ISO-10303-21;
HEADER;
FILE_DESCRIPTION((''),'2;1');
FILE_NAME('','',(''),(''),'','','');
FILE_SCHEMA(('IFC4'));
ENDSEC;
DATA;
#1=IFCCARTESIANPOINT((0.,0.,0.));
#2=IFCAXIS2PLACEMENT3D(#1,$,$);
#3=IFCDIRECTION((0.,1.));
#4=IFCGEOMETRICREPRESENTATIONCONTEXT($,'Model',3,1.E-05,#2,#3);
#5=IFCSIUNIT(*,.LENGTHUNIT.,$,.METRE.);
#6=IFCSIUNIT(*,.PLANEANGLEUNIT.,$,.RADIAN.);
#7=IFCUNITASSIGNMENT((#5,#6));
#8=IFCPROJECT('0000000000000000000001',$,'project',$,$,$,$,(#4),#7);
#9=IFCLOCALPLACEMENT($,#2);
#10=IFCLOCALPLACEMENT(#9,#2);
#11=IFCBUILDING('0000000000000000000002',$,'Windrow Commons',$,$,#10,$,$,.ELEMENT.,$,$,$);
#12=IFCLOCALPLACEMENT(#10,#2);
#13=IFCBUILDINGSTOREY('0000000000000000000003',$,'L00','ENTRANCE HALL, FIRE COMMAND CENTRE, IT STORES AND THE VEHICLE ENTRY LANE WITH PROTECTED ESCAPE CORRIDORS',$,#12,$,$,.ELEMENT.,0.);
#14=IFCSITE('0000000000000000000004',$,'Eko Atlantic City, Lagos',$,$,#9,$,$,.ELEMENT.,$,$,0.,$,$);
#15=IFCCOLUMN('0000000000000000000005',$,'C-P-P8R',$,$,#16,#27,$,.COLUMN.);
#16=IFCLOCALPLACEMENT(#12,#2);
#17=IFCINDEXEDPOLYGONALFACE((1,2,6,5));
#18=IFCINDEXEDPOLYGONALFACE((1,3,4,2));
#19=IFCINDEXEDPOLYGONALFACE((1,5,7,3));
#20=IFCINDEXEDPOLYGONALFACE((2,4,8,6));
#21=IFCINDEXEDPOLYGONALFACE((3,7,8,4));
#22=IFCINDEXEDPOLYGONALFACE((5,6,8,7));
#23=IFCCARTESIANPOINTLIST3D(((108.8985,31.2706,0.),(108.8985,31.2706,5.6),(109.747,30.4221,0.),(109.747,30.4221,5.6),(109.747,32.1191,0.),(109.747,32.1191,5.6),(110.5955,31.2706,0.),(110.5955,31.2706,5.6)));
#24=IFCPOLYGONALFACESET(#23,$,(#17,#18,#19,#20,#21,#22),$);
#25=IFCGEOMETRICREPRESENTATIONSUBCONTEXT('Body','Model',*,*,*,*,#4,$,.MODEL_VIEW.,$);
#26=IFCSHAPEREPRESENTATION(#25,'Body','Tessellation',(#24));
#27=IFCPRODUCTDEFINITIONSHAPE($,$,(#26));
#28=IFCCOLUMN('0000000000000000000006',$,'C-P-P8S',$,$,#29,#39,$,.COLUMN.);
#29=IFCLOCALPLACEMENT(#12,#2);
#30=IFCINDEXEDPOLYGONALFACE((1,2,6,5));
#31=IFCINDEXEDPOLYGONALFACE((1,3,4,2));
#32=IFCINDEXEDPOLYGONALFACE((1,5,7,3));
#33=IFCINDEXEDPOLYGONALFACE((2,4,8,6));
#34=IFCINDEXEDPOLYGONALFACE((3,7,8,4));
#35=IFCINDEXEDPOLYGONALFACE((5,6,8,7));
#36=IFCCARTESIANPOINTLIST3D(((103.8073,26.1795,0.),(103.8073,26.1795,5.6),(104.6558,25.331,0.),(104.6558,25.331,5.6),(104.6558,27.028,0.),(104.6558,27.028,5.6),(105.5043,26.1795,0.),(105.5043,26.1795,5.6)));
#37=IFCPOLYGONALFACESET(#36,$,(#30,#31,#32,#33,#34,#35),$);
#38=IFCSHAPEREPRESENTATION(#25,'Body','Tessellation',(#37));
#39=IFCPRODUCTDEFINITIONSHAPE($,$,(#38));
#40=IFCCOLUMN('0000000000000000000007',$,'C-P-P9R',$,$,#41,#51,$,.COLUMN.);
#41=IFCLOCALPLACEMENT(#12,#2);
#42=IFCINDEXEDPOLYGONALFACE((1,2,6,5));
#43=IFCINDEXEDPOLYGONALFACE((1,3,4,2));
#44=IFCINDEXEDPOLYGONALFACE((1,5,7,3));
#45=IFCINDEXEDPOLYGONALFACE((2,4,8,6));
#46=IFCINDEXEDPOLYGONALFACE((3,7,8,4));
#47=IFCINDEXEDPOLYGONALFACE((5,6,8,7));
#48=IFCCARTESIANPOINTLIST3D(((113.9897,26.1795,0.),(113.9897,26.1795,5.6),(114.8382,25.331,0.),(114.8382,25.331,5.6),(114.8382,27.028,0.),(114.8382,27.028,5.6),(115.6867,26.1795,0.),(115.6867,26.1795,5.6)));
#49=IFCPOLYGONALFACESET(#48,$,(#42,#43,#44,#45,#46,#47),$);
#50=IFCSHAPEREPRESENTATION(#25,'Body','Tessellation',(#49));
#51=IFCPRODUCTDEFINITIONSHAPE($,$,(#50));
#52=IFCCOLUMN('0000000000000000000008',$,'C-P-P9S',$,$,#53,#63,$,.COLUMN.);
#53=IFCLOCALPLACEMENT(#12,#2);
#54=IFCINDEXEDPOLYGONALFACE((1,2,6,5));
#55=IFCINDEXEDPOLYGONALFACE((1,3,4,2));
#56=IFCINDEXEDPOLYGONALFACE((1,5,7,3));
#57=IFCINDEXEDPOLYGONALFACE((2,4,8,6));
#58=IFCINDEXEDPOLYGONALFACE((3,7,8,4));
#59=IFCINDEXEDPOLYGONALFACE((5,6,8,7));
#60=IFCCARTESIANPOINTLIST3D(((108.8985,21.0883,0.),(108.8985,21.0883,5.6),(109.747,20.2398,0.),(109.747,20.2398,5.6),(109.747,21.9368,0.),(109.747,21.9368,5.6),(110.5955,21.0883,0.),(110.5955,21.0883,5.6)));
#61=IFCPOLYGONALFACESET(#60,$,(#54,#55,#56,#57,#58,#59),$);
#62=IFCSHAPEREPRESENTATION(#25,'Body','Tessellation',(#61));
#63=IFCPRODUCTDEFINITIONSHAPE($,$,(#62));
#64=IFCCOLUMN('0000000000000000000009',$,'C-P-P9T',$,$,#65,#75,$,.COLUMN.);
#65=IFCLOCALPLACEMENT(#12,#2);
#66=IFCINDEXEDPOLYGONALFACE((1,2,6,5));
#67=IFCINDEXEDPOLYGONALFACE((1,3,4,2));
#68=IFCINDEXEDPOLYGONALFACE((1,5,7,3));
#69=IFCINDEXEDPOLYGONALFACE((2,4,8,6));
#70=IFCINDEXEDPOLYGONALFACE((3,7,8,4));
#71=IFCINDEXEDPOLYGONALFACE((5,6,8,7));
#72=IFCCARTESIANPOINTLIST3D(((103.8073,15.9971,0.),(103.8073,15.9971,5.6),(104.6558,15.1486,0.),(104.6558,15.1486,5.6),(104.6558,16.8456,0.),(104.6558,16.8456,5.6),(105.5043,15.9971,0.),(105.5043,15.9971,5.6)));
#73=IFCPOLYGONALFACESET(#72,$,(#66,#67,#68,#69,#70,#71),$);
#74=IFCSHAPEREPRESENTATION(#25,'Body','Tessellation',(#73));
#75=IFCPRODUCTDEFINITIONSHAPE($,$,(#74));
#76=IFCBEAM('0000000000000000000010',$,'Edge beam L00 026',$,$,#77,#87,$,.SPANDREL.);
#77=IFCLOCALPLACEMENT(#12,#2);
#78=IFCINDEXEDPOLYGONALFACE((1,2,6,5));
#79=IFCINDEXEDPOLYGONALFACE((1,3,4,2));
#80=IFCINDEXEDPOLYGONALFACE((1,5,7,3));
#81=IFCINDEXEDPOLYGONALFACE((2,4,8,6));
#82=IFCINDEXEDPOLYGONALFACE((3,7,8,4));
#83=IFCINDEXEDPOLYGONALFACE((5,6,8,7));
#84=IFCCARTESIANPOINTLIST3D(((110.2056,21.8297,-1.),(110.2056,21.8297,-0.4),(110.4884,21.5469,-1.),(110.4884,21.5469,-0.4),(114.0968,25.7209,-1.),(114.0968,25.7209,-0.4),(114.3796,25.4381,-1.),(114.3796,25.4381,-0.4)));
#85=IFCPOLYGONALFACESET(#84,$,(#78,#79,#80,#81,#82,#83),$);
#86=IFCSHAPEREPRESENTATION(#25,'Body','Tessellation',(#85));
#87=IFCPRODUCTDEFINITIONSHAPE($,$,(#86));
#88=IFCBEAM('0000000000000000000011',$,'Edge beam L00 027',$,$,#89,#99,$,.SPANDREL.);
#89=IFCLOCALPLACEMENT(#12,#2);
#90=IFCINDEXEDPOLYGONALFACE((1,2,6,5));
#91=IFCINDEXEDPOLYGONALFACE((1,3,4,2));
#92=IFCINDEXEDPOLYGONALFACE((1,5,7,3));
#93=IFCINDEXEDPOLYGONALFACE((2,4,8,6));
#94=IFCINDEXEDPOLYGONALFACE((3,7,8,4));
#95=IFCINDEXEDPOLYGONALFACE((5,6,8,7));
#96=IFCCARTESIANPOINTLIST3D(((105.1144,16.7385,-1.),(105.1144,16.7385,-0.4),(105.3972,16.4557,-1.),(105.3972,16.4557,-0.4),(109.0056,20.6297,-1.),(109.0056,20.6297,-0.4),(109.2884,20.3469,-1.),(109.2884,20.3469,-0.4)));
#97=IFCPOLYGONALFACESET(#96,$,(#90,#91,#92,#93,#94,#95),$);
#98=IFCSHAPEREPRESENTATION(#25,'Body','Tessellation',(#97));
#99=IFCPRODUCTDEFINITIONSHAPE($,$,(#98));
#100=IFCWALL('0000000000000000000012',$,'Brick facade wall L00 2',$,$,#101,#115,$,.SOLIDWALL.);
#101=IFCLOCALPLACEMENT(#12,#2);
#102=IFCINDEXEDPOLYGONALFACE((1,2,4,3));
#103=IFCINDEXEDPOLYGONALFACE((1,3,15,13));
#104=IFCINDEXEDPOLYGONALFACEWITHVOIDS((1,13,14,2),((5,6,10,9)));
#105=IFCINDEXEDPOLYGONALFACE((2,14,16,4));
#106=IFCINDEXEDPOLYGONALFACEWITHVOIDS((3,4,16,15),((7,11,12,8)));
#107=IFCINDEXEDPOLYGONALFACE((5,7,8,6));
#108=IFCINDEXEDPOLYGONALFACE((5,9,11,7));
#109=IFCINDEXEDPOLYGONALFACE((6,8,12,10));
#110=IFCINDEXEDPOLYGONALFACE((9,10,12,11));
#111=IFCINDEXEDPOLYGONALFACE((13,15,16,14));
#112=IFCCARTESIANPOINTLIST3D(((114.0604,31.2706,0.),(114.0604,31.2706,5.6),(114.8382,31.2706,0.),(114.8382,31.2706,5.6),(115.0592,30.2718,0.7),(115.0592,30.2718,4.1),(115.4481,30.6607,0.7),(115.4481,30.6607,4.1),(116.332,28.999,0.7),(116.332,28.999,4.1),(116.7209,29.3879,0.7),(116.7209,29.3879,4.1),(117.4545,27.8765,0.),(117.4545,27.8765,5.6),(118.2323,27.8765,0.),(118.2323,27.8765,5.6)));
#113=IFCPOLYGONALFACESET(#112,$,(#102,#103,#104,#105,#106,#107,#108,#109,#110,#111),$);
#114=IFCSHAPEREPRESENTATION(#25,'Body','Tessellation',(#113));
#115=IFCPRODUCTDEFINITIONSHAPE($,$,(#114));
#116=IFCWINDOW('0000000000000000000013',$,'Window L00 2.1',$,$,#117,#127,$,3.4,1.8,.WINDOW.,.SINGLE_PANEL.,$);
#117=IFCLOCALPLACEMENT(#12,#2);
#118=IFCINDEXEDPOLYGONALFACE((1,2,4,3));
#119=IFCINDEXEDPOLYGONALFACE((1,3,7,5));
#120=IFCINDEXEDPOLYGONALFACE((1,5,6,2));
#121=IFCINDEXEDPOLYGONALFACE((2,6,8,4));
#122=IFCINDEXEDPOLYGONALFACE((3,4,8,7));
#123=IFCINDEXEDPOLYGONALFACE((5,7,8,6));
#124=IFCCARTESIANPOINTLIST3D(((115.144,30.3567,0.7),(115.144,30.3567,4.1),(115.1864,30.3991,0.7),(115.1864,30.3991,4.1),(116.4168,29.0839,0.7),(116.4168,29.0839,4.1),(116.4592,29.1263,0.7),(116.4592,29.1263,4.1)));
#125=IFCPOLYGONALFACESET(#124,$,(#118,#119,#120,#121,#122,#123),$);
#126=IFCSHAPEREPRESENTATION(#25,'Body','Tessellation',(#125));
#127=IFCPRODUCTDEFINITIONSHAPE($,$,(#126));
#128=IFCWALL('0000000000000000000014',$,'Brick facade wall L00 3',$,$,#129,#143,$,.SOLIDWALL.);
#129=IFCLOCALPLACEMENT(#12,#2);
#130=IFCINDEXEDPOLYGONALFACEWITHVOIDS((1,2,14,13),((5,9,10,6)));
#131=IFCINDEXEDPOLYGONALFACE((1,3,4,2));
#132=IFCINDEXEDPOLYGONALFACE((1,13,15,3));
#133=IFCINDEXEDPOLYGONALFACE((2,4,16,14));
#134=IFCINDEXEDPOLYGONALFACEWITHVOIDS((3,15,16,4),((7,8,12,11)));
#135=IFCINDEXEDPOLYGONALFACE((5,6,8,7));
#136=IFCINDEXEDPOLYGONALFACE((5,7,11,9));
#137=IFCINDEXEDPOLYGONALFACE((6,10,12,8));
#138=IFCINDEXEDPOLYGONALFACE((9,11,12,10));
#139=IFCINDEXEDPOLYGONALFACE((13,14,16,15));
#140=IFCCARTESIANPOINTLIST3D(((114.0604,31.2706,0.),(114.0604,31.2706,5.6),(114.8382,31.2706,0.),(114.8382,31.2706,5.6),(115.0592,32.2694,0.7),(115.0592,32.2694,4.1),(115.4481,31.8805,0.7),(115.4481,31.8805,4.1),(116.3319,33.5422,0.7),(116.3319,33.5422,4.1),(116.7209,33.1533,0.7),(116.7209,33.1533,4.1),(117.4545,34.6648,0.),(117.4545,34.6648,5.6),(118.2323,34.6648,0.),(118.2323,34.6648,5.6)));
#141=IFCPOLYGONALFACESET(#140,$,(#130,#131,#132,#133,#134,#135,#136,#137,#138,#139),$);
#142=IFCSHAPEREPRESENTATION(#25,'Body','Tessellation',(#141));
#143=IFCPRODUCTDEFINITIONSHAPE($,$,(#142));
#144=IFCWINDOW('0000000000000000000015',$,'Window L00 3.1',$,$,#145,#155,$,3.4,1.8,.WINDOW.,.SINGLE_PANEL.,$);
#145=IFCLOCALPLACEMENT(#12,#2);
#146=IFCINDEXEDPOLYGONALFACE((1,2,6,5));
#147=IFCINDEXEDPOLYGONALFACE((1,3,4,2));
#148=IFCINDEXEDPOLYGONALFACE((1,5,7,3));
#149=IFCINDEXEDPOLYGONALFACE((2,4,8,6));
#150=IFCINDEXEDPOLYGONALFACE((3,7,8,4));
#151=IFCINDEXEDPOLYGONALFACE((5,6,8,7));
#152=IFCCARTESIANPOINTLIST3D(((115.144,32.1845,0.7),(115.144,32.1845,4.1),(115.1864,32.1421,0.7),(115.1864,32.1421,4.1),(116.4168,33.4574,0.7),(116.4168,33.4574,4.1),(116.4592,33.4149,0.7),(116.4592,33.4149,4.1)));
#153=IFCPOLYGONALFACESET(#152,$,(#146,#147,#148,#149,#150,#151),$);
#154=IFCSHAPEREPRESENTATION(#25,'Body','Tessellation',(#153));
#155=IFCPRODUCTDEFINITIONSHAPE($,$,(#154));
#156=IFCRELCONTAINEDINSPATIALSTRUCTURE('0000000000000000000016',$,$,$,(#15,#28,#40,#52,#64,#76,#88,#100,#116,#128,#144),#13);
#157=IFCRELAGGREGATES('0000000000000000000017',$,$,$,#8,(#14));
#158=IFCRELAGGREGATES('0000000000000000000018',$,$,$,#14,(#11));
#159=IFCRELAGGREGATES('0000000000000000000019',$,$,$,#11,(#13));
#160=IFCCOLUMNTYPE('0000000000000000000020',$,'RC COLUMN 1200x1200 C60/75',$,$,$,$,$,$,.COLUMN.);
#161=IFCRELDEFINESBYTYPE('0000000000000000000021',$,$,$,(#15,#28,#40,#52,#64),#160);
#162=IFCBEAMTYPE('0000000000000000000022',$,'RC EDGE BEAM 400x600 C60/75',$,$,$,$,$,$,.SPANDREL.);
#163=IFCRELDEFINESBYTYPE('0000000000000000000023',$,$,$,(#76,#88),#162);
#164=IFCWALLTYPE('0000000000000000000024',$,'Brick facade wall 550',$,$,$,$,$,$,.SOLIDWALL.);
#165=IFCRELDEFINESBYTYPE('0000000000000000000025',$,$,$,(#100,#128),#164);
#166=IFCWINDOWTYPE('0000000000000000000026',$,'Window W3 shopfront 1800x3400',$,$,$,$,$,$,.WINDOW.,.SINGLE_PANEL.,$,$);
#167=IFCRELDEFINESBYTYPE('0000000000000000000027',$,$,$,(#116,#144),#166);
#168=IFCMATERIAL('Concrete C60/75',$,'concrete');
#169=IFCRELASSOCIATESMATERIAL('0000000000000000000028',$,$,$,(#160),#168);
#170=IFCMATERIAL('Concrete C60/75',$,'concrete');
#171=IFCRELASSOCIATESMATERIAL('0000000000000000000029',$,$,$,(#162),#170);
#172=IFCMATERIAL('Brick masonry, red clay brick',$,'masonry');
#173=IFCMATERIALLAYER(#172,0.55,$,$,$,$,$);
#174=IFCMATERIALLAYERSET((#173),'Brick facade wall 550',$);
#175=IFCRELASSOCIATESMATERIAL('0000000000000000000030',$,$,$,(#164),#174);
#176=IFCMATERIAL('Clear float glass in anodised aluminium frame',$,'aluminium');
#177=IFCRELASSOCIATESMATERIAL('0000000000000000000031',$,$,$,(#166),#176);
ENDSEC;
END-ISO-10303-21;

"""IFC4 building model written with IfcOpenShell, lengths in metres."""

from ifc_helpers import new_model, si_unit, direction, frame, frame_2d, origin, origin_2d, place, context, subcontext, project, spatial, polyline, rectangle, outline, extrude, material, layer, layer_set, material_profile, profile_set, type_object, element, fill, save


model = new_model("IFC4")

# Units and contexts
model_context = context("Model", 3, precision=1e-05, world=origin(), true_north=direction((0.0, 1.0)))
body_context = subcontext(model_context, "Body", "Model", "MODEL_VIEW")
ifc_project = project(units=[si_unit("LENGTHUNIT", "METRE"), si_unit("PLANEANGLEUNIT", "RADIAN")], contexts=[model_context])

# Site, building, storey
site_placement = place(None, origin())
site = spatial("IfcSite", under=ifc_project, at=site_placement, Name="Eko Atlantic City, Lagos", CompositionType="ELEMENT", RefElevation=0.0)
building_placement = place(site_placement, origin())
building = spatial("IfcBuilding", under=site, at=building_placement, Name="Windrow Commons", CompositionType="ELEMENT")
storey_placement = place(building_placement, origin())
storey = spatial("IfcBuildingStorey", under=building, at=storey_placement, Name="L00", Description="ENTRANCE HALL, FIRE COMMAND CENTRE, IT STORES AND THE VEHICLE ENTRY LANE WITH PROTECTED ESCAPE CORRIDORS", CompositionType="ELEMENT", Elevation=0.0)

# Columns
ifc_material_1 = material(Name="Concrete C60/75", Category="concrete")
ifc_material_profile_1 = material_profile(ifc_material_1, rectangle(XDim=1.2, YDim=1.2, at=origin_2d()))
ifc_profile_set_1 = profile_set([ifc_material_profile_1], Name="Concrete C60/75")
column_type = type_object("IfcColumnType", Name="RC COLUMN 1200x1200 C60/75", PredefinedType="COLUMN", material=ifc_profile_set_1)
for number, where, z_axis, x_axis, name in (
    (1, (109.747, 31.2706, 0.0), (0.0, 0.0, 1.0), (0.707107, -0.707107, 0.0), "C-P-P8R"),
    (2, (104.6558, 26.1795, 0.0), (0.0, 0.0, 1.0), (0.707107, -0.707107, 0.0), "C-P-P8S"),
    (3, (114.8382, 26.1795, 0.0), (0.0, 0.0, 1.0), (0.707107, -0.707107, 0.0), "C-P-P9R"),
    (4, (109.747, 21.0883, 0.0), (0.0, 0.0, 1.0), (0.707107, -0.707107, 0.0), "C-P-P9S"),
    (5, (104.6558, 15.9971, 0.0), (0.0, 0.0, 1.0), (0.707107, -0.707107, 0.0), "C-P-P9T"),
):
    element("IfcColumn", number, at=place(storey_placement, frame(where, z_axis=z_axis, x_axis=x_axis)), inside=storey, type_object=column_type, Name=name, PredefinedType="COLUMN", context=body_context, shape_type="SweptSolid", body=[
        extrude(rectangle(XDim=1.2, YDim=1.2, at=origin_2d()), origin(), (0.0, 0.0, 1.0), 5.6),
    ])

# Beams
ifc_material_2 = material(Name="Concrete C60/75", Category="concrete")
ifc_material_profile_2 = material_profile(ifc_material_2, rectangle(XDim=0.4, YDim=0.6, at=origin_2d()))
ifc_profile_set_2 = profile_set([ifc_material_profile_2], Name="Concrete C60/75")
beam_type = type_object("IfcBeamType", Name="RC EDGE BEAM 400x600 C60/75", PredefinedType="SPANDREL", material=ifc_profile_set_2)
for number, where, z_axis, x_axis, name in (
    (6, (114.2382, 25.5795, -0.7), (-0.707107, -0.707107, 0.0), (0.707107, -0.707107, 0.0), "Edge beam L00 026"),
    (7, (109.147, 20.4883, -0.7), (-0.707107, -0.707107, 0.0), (0.707107, -0.707107, 0.0), "Edge beam L00 027"),
):
    element("IfcBeam", number, at=place(storey_placement, frame(where, z_axis=z_axis, x_axis=x_axis)), inside=storey, type_object=beam_type, Name=name, PredefinedType="SPANDREL", context=body_context, shape_type="SweptSolid", body=[
        extrude(rectangle(XDim=0.4, YDim=0.6, at=origin_2d()), origin(), (0.0, 0.0, 1.0), 5.503),
    ])

# Walls, openings, windows
ifc_material_3 = material(Name="Brick masonry, red clay brick", Category="masonry")
ifc_layer = layer(ifc_material_3, 0.55)
ifc_layer_set = layer_set([ifc_layer], Name="Brick facade wall 550")
wall_type = type_object("IfcWallType", Name="Brick facade wall 550", PredefinedType="SOLIDWALL", material=ifc_layer_set)
wall_1_placement = place(storey_placement, frame((117.8434, 27.8765, 0.0), z_axis=(0.0, 0.0, 1.0), x_axis=(-0.707107, 0.707107, 0.0)))
wall_1 = element("IfcWall", 8, at=wall_1_placement, inside=storey, type_object=wall_type, Name="Brick facade wall L00 2", PredefinedType="SOLIDWALL", context=body_context, shape_type="SweptSolid", body=[
    extrude(outline(polyline([(-0.275, -0.275), (4.525, -0.275), (5.075, 0.275), (0.275, 0.275), (-0.275, -0.275)])), origin(), (0.0, 0.0, 1.0), 5.6),
])
opening_1_placement = place(wall_1_placement, frame((1.8625, 0.0, 0.7)))
opening_1 = element("IfcOpeningElement", 9, at=opening_1_placement, cuts=wall_1, PredefinedType="OPENING", context=body_context, shape_type="SweptSolid", body=[
    extrude(rectangle(XDim=1.8, YDim=3.4, at=frame_2d((0.9, 1.7))), frame((0.0, 0.285, 0.0), z_axis=(0.0, -1.0, 0.0), x_axis=(1.0, 0.0, 0.0)), (0.0, 0.0, 1.0), 0.57),
])
ifc_material_4 = material(Name="Clear float glass in anodised aluminium frame", Category="aluminium")
window_type = type_object("IfcWindowType", Name="Window W3 shopfront 1800x3400", PartitioningType="SINGLE_PANEL", PredefinedType="WINDOW", material=ifc_material_4)
window_1_placement = place(opening_1_placement, origin())
window_1 = element("IfcWindow", 10, at=window_1_placement, inside=storey, type_object=window_type, Name="Window L00 2.1", OverallHeight=3.4, OverallWidth=1.8, PartitioningType="SINGLE_PANEL", PredefinedType="WINDOW", context=body_context, shape_type="SweptSolid", body=[
    extrude(rectangle(XDim=1.8, YDim=3.4, at=frame_2d((0.9, 1.7))), frame((0.0, 0.155, 0.0), z_axis=(0.0, -1.0, 0.0), x_axis=(1.0, 0.0, 0.0)), (0.0, 0.0, 1.0), 0.06),
])
fill(opening_1, window_1)
wall_2_placement = place(storey_placement, frame((114.4493, 31.2706, 0.0), z_axis=(0.0, 0.0, 1.0), x_axis=(0.707096, 0.707117, 0.0)))
wall_2 = element("IfcWall", 11, at=wall_2_placement, inside=storey, type_object=wall_type, Name="Brick facade wall L00 3", PredefinedType="SOLIDWALL", context=body_context, shape_type="SweptSolid", body=[
    extrude(outline(polyline([(0.275, -0.275), (5.075, -0.275), (4.5251, 0.275), (-0.275, 0.275), (0.275, -0.275)])), origin(), (0.0, 0.0, 1.0), 5.6),
])
opening_2_placement = place(wall_2_placement, frame((1.1375, 0.0, 0.7)))
opening_2 = element("IfcOpeningElement", 12, at=opening_2_placement, cuts=wall_2, PredefinedType="OPENING", context=body_context, shape_type="SweptSolid", body=[
    extrude(rectangle(XDim=1.8, YDim=3.4, at=frame_2d((0.9, 1.7))), frame((0.0, 0.285, 0.0), z_axis=(0.0, -1.0, 0.0), x_axis=(1.0, 0.0, 0.0)), (0.0, 0.0, 1.0), 0.57),
])
window_2_placement = place(opening_2_placement, origin())
window_2 = element("IfcWindow", 13, at=window_2_placement, inside=storey, type_object=window_type, Name="Window L00 3.1", OverallHeight=3.4, OverallWidth=1.8, PartitioningType="SINGLE_PANEL", PredefinedType="WINDOW", context=body_context, shape_type="SweptSolid", body=[
    extrude(rectangle(XDim=1.8, YDim=3.4, at=frame_2d((0.9, 1.7))), frame((0.0, 0.155, 0.0), z_axis=(0.0, -1.0, 0.0), x_axis=(1.0, 0.0, 0.0)), (0.0, 0.0, 1.0), 0.06),
])
fill(opening_2, window_2)

save(model, "model.ifc")
